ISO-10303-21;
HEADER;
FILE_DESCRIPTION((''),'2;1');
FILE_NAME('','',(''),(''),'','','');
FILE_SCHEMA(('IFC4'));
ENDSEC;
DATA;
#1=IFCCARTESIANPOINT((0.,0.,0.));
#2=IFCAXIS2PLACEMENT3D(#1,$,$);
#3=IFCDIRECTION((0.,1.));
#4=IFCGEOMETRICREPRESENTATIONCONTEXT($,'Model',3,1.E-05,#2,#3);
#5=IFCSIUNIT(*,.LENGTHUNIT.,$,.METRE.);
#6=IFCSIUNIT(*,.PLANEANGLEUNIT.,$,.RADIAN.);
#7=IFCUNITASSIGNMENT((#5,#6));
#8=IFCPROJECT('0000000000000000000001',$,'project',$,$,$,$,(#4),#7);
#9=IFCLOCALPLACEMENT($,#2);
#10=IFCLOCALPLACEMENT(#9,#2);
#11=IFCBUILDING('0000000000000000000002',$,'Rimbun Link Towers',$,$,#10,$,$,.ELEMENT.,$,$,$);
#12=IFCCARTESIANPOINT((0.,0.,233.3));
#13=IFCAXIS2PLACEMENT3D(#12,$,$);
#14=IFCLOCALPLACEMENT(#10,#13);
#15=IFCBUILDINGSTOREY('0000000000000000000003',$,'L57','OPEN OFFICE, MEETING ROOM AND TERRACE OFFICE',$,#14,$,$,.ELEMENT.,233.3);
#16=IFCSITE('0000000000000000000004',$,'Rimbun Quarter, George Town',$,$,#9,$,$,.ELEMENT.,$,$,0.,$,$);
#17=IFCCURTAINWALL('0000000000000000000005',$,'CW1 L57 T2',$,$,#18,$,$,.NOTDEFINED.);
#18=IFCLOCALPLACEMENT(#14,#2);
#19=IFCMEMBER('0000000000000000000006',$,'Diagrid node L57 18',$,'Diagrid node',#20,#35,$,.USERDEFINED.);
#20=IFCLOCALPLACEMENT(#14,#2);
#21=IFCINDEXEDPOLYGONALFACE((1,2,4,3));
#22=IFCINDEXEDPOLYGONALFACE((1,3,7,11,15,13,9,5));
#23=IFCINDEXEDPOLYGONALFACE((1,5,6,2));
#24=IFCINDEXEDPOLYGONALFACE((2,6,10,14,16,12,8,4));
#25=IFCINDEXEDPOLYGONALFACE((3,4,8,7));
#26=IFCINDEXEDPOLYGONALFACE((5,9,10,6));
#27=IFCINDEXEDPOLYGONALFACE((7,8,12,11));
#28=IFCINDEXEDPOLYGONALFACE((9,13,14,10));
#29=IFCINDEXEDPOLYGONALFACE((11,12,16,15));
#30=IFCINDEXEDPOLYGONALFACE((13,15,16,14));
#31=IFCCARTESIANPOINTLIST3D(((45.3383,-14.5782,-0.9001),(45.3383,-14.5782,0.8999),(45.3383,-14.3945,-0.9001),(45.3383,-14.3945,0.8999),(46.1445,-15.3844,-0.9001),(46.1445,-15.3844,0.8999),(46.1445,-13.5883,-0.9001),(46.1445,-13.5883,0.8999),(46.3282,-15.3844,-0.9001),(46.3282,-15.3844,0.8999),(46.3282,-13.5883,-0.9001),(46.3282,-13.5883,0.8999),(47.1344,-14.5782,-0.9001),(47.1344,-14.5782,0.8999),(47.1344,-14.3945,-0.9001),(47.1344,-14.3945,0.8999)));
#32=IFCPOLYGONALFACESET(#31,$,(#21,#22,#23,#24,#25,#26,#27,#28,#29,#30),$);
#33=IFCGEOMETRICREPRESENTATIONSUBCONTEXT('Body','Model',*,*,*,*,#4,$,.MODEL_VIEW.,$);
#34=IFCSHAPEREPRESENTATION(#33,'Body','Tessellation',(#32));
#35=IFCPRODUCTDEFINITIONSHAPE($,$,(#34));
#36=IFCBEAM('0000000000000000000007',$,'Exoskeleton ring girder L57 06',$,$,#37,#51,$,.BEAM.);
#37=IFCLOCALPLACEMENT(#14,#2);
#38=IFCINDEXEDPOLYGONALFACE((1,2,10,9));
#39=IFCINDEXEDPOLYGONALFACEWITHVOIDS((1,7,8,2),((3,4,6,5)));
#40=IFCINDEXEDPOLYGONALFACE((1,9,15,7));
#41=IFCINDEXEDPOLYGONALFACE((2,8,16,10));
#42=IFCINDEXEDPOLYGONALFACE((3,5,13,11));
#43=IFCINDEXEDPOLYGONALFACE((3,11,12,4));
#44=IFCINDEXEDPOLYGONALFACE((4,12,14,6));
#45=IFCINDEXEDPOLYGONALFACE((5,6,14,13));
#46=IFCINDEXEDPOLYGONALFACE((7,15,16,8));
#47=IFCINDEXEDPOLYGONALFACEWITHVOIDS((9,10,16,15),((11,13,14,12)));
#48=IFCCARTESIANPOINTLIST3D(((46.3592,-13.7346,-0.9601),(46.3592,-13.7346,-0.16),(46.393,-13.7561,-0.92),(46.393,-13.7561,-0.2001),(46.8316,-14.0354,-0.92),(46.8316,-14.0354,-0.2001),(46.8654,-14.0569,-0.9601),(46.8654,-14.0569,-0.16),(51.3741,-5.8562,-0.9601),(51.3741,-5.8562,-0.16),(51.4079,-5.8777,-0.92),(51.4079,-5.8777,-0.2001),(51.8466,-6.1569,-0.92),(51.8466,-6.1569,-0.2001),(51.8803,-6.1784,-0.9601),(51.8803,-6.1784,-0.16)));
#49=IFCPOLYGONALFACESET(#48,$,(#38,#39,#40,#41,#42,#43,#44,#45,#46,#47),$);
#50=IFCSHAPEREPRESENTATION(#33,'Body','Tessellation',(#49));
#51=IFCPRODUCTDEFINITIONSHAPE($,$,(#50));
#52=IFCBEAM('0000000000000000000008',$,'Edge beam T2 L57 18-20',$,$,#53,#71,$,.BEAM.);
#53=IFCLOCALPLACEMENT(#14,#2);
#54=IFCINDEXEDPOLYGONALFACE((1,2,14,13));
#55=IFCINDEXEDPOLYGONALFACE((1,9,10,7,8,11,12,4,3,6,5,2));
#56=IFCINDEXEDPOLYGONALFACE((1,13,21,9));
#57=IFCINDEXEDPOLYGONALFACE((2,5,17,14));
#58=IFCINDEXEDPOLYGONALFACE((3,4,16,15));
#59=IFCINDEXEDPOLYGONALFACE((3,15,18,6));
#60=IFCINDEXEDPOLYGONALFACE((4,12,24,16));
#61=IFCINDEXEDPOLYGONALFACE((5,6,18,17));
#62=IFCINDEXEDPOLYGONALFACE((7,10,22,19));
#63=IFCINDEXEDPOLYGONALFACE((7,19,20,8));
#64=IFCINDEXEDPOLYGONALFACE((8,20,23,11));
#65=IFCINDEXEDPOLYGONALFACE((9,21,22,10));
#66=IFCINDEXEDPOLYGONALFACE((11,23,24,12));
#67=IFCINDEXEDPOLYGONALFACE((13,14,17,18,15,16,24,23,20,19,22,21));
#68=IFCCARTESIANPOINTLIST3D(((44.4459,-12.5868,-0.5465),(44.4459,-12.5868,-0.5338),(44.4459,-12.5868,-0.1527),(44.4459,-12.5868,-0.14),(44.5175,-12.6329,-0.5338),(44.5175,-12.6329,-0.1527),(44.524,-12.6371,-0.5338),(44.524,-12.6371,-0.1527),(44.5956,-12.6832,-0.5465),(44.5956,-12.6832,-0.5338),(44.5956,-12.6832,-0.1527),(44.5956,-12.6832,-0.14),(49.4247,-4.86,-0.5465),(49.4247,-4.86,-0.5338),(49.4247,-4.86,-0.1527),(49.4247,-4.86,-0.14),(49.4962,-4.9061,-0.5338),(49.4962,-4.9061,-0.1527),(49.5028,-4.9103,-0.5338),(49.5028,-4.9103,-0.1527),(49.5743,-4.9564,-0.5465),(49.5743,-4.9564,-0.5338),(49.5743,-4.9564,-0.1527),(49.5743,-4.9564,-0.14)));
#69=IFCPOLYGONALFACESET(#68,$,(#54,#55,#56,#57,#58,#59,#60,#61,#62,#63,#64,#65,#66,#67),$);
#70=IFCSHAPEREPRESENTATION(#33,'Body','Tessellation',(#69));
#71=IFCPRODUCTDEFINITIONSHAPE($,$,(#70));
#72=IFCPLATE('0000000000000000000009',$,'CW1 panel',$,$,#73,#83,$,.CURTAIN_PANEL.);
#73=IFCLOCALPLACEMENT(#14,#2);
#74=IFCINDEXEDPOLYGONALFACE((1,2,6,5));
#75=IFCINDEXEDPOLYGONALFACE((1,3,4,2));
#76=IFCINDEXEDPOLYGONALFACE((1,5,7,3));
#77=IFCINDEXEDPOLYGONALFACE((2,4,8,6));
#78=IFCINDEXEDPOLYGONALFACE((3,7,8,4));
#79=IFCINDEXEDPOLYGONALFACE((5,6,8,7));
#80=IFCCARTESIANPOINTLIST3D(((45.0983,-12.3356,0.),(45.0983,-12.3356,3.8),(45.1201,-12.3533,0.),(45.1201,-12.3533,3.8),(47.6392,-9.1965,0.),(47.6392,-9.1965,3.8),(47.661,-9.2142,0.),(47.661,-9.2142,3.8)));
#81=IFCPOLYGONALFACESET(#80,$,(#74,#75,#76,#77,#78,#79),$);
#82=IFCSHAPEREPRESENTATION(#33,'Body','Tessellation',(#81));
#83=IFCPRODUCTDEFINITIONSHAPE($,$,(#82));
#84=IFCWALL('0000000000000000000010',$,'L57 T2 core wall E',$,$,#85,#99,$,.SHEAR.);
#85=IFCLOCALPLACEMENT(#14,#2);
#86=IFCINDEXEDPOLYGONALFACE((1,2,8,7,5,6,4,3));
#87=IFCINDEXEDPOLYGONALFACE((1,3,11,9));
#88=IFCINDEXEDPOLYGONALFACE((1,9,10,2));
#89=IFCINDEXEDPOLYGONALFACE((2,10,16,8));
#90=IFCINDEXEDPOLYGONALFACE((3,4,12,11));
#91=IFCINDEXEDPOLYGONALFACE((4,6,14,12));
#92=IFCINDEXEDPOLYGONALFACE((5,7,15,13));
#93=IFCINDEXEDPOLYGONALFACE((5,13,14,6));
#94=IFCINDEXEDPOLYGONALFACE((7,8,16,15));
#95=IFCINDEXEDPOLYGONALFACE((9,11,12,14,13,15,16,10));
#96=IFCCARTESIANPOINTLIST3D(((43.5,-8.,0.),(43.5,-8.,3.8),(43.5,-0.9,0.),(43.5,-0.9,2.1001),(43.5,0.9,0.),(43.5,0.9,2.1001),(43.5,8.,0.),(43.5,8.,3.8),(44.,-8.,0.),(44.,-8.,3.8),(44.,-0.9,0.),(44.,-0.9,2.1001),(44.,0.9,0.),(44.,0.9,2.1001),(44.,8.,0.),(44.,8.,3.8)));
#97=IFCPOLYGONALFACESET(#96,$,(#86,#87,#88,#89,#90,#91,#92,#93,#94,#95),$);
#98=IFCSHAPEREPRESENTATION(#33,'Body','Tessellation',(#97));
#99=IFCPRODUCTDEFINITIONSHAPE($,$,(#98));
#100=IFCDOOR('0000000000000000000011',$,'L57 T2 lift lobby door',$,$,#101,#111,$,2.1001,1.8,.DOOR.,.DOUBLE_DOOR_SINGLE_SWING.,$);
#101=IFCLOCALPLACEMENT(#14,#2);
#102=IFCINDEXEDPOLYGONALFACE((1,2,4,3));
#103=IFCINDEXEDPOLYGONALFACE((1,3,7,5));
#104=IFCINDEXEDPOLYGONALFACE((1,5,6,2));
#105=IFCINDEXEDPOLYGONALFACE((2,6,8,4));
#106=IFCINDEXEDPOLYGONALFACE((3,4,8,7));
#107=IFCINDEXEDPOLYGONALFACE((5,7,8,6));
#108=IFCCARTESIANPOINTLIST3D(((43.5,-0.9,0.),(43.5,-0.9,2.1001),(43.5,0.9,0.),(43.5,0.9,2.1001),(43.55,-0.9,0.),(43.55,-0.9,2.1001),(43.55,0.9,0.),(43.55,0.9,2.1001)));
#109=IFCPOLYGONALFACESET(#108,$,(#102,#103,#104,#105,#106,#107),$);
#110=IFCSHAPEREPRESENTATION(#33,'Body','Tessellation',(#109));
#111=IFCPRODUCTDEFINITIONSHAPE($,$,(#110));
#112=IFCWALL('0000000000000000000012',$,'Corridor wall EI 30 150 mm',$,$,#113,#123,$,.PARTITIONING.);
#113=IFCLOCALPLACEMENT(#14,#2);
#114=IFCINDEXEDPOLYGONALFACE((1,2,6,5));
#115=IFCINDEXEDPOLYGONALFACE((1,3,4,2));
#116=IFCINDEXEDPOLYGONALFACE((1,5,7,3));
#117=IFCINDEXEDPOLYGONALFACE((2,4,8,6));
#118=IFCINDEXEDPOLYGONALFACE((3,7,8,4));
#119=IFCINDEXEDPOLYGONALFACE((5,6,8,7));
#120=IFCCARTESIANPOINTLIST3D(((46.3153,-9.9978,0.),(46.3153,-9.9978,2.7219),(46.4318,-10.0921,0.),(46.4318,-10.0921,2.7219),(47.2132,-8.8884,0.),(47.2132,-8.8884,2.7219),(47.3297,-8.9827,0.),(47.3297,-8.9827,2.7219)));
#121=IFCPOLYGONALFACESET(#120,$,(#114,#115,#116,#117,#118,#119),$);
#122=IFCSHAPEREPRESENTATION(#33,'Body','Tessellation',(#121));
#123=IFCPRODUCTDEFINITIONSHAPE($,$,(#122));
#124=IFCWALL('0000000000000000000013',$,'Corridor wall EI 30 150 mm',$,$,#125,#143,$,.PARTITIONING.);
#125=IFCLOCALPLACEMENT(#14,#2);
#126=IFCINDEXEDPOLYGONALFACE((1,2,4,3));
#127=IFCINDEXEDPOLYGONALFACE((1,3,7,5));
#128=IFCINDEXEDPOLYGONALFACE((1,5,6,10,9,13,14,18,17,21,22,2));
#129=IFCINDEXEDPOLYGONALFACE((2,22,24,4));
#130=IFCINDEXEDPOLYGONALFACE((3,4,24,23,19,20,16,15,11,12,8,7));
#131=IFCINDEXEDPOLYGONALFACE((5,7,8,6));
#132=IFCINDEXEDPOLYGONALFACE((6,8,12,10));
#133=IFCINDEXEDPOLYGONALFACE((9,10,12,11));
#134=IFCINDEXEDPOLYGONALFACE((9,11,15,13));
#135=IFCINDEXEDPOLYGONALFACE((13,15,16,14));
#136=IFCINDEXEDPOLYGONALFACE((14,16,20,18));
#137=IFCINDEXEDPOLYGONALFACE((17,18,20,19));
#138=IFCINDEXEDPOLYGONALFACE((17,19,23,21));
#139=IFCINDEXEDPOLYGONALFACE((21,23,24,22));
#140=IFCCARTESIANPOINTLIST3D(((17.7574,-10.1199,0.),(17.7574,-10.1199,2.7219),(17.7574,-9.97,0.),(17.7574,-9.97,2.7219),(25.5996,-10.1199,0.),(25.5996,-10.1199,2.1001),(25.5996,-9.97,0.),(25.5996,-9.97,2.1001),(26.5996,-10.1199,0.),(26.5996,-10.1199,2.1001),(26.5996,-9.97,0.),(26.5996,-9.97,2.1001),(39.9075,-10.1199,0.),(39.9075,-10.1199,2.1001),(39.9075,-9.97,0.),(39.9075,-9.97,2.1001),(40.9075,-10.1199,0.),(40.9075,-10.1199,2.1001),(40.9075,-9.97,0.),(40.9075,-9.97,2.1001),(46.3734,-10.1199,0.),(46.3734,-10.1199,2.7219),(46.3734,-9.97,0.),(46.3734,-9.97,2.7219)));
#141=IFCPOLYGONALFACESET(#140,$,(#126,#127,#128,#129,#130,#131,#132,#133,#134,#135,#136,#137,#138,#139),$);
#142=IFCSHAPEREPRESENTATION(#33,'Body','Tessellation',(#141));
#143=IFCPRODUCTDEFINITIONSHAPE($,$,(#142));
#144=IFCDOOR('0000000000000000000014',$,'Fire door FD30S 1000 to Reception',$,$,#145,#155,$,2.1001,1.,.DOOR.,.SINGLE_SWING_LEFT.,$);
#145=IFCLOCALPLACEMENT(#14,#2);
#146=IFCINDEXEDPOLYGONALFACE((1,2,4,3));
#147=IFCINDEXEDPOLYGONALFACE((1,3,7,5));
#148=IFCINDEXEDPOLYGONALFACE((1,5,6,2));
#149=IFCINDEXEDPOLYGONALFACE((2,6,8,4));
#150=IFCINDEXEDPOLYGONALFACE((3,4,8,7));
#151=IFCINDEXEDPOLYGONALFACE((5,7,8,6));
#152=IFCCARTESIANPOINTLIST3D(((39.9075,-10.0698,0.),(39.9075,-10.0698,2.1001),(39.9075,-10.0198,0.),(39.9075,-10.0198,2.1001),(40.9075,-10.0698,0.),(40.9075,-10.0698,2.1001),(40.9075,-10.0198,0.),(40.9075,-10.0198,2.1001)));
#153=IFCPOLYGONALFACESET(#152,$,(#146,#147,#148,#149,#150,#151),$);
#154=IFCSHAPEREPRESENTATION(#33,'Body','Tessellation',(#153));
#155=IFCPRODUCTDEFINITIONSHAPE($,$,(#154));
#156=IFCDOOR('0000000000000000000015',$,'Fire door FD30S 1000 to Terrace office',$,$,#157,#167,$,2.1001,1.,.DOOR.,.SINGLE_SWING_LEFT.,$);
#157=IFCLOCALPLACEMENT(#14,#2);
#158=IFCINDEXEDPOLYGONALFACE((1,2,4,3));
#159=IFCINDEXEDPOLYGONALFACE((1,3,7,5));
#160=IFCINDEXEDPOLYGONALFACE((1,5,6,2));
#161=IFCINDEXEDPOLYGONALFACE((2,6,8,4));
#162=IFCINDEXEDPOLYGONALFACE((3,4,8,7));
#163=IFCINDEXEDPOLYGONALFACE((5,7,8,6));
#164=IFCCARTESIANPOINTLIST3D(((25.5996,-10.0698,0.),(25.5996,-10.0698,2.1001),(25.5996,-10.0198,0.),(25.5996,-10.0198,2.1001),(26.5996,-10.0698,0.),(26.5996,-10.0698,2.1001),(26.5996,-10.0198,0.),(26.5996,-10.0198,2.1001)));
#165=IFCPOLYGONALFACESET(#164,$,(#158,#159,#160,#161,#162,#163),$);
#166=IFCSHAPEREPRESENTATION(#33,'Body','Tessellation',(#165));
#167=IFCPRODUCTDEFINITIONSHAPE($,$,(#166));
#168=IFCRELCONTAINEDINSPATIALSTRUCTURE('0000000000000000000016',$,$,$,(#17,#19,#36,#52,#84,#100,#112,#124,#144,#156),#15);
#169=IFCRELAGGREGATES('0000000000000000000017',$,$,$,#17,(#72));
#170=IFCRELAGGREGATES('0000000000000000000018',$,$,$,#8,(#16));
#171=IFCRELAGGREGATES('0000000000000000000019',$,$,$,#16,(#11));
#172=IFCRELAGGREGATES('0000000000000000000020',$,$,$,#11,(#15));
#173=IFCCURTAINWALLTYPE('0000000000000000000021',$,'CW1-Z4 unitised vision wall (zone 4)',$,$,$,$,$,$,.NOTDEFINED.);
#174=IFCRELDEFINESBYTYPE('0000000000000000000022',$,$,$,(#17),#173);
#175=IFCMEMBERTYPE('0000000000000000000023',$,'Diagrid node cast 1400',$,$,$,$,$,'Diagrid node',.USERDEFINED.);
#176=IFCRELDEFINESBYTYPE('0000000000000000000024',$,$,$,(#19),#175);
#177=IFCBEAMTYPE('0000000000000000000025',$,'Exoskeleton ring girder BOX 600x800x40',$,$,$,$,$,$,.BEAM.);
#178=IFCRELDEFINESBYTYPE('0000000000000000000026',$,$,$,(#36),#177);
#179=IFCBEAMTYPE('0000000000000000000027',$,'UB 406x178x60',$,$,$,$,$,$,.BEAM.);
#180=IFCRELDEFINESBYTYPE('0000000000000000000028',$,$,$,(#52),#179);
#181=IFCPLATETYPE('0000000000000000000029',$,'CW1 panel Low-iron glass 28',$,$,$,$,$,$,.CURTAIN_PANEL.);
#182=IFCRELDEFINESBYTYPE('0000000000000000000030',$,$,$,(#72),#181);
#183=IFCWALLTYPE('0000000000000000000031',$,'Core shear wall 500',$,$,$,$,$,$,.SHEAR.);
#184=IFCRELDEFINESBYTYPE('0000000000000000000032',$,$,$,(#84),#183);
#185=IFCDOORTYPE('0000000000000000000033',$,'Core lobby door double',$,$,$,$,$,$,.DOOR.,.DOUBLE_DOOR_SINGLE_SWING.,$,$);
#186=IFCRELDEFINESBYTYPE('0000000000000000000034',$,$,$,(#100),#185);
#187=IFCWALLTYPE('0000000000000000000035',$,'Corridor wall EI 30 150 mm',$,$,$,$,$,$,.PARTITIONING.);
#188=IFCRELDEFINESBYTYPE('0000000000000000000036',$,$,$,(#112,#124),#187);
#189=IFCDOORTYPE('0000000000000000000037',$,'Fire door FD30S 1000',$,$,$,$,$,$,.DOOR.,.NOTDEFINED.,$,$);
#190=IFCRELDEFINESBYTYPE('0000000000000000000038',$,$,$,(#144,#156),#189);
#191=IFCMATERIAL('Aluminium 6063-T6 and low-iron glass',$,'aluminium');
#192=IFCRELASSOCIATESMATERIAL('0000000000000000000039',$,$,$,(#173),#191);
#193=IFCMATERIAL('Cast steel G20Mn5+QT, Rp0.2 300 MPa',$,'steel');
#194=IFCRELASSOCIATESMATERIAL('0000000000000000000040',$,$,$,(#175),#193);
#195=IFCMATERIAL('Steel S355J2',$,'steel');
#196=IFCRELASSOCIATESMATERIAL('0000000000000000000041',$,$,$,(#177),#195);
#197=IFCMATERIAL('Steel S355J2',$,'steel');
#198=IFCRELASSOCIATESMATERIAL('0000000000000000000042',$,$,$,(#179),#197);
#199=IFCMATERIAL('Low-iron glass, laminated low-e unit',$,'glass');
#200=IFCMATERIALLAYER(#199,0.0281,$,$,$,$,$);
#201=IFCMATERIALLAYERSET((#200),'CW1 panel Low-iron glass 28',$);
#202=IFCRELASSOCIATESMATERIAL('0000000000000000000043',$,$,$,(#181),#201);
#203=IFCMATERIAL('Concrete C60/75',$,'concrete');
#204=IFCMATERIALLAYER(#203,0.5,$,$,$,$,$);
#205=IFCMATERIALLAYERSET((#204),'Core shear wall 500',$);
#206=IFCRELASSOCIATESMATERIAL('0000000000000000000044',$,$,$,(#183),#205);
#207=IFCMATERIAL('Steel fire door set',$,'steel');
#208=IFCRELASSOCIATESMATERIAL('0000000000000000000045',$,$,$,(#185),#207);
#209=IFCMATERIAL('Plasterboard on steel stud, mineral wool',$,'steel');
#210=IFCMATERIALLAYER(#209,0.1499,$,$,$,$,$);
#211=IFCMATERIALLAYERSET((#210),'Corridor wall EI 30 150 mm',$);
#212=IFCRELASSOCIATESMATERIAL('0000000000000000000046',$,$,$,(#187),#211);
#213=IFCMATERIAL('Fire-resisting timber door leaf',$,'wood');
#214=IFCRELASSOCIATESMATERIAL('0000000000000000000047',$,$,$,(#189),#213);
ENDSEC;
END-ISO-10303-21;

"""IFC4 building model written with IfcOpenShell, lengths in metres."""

from ifc_helpers import new_model, si_unit, direction, frame, frame_2d, origin, origin_2d, place, context, subcontext, project, spatial, polyline, rectangle, hollow_rectangle, i_section, outline, extrude, material, layer, layer_set, material_profile, profile_set, type_object, element, fill, aggregate, save


model = new_model("IFC4")

# Units and contexts
model_context = context("Model", 3, precision=1e-05, world=origin(), true_north=direction((0.0, 1.0)))
body_context = subcontext(model_context, "Body", "Model", "MODEL_VIEW")
ifc_project = project(units=[si_unit("LENGTHUNIT", "METRE"), si_unit("PLANEANGLEUNIT", "RADIAN")], contexts=[model_context])

# Site, building, storey
site_placement = place(None, origin())
site = spatial("IfcSite", under=ifc_project, at=site_placement, Name="Rimbun Quarter, George Town", CompositionType="ELEMENT", RefElevation=0.0)
building_placement = place(site_placement, origin())
building = spatial("IfcBuilding", under=site, at=building_placement, Name="Rimbun Link Towers", CompositionType="ELEMENT")
storey_placement = place(building_placement, frame((0.0, 0.0, 233.3)))
storey = spatial("IfcBuildingStorey", under=building, at=storey_placement, Name="L57", Description="OPEN OFFICE, MEETING ROOM AND TERRACE OFFICE", CompositionType="ELEMENT", Elevation=233.3)

# Curtain wall
ifc_material_1 = material(Name="Aluminium 6063-T6 and low-iron glass", Category="aluminium")
curtain_wall_type = type_object("IfcCurtainWallType", Name="CW1-Z4 unitised vision wall (zone 4)", PredefinedType="NOTDEFINED", material=ifc_material_1)
curtain_wall_placement = place(storey_placement, origin())
curtain_wall = element("IfcCurtainWall", 1, at=curtain_wall_placement, inside=storey, type_object=curtain_wall_type, Name="CW1 L57 T2", PredefinedType="NOTDEFINED")

# Member
ifc_material_2 = material(Name="Cast steel G20Mn5+QT, Rp0.2 300 MPa", Category="steel")
ifc_material_profile_1 = material_profile(ifc_material_2, outline(polyline([(0.7, -0.5701), (0.7, 0.5701), (0.5701, 0.7), (-0.5701, 0.7), (-0.7, 0.5701), (-0.7, -0.5701), (-0.5701, -0.7), (0.5701, -0.7), (0.7, -0.5701)])), Name="NODE 1400x1400")
ifc_profile_set_1 = profile_set([ifc_material_profile_1], Name="Cast steel G20Mn5+QT, Rp0.2 300 MPa")
member_type_1 = type_object("IfcMemberType", Name="Diagrid node cast 1400", ElementType="Diagrid node", PredefinedType="USERDEFINED", material=ifc_profile_set_1)
member_1_placement = place(storey_placement, frame((46.2363, -14.4863, -0.9001), z_axis=(0.0, 0.0, 1.0), x_axis=(0.707107, -0.707107, 0.0)))
element("IfcMember", 2, at=member_1_placement, inside=storey, type_object=member_type_1, Name="Diagrid node L57 18", ObjectType="Diagrid node", PredefinedType="USERDEFINED", context=body_context, shape_type="SweptSolid", body=[
    extrude(outline(polyline([(0.7, -0.5701), (0.7, 0.5701), (0.5701, 0.7), (-0.5701, 0.7), (-0.7, 0.5701), (-0.7, -0.5701), (-0.5701, -0.7), (0.5701, -0.7), (0.7, -0.5701)])), origin(), (0.0, 0.0, 1.0), 1.8),
])

# Beams
ifc_material_3 = material(Name="Steel S355J2", Category="steel")
ifc_material_profile_2 = material_profile(ifc_material_3, hollow_rectangle(XDim=0.6001, YDim=0.8, WallThickness=0.04, at=origin_2d()), Name="Exoskeleton ring girder BOX 600x800x40")
ifc_profile_set_2 = profile_set([ifc_material_profile_2], Name="Steel S355J2")
beam_type_1 = type_object("IfcBeamType", Name="Exoskeleton ring girder BOX 600x800x40", PredefinedType="BEAM", material=ifc_profile_set_2)
beam_1_placement = place(storey_placement, frame((46.6123, -13.8958, -0.5601), z_axis=(0.536979, 0.843596, 0.0), x_axis=(-0.843596, 0.536979, 0.0)))
element("IfcBeam", 3, at=beam_1_placement, inside=storey, type_object=beam_type_1, Name="Exoskeleton ring girder L57 06", PredefinedType="BEAM", context=body_context, shape_type="SweptSolid", body=[
    extrude(hollow_rectangle(XDim=0.6001, YDim=0.8, WallThickness=0.04, at=origin_2d()), origin(), (0.0, 0.0, 1.0), 9.3391),
])
ifc_material_4 = material(Name="Steel S355J2", Category="steel")
ifc_material_profile_3 = material_profile(ifc_material_4, i_section(OverallWidth=0.178, OverallDepth=0.4065, WebThickness=0.0078, FlangeThickness=0.0127, at=origin_2d()), Name="UB 406x178x60")
ifc_profile_set_3 = profile_set([ifc_material_profile_3], Name="Steel S355J2")
beam_type_2 = type_object("IfcBeamType", Name="UB 406x178x60", PredefinedType="BEAM", material=ifc_profile_set_3)
beam_2_placement = place(storey_placement, frame((44.5208, -12.635, -0.3433), z_axis=(0.541645, 0.840608, 0.0), x_axis=(-0.840608, 0.541645, 0.0)))
element("IfcBeam", 4, at=beam_2_placement, inside=storey, type_object=beam_type_2, Name="Edge beam T2 L57 18-20", PredefinedType="BEAM", context=body_context, shape_type="SweptSolid", body=[
    extrude(i_section(OverallWidth=0.178, OverallDepth=0.4065, WebThickness=0.0078, FlangeThickness=0.0127, at=origin_2d()), origin(), (0.0, 0.0, 1.0), 9.1919),
])

# Plate
ifc_material_5 = material(Name="Low-iron glass, laminated low-e unit", Category="glass")
ifc_layer_1 = layer(ifc_material_5, 0.0281)
ifc_layer_set_1 = layer_set([ifc_layer_1], Name="CW1 panel Low-iron glass 28")
plate_type = type_object("IfcPlateType", Name="CW1 panel Low-iron glass 28", PredefinedType="CURTAIN_PANEL", material=ifc_layer_set_1)
plate_placement = place(storey_placement, frame((46.3796, -10.7749, 0.0), z_axis=(0.0, 0.0, 1.0), x_axis=(-0.629148, -0.777285, 0.0)))
plate = element("IfcPlate", 5, at=plate_placement, type_object=plate_type, Name="CW1 panel", PredefinedType="CURTAIN_PANEL", context=body_context, shape_type="SweptSolid", body=[
    extrude(rectangle(XDim=4.0386, YDim=0.0281, at=origin_2d()), origin(), (0.0, 0.0, 1.0), 3.8),
])
aggregate(curtain_wall, [plate])

# Wall, opening, door
ifc_material_6 = material(Name="Concrete C60/75", Category="concrete")
ifc_layer_2 = layer(ifc_material_6, 0.5)
ifc_layer_set_2 = layer_set([ifc_layer_2], Name="Core shear wall 500")
wall_type_1 = type_object("IfcWallType", Name="Core shear wall 500", PredefinedType="SHEAR", material=ifc_layer_set_2)
wall_1_placement = place(storey_placement, frame((43.75, -8.0, 0.0), z_axis=(0.0, 0.0, 1.0), x_axis=(0.0, 1.0, 0.0)))
wall_1 = element("IfcWall", 6, at=wall_1_placement, inside=storey, type_object=wall_type_1, Name="L57 T2 core wall E", PredefinedType="SHEAR", context=body_context, shape_type="SweptSolid", body=[
    extrude(rectangle(XDim=16.0, YDim=0.5, at=frame_2d((8.0, 0.0))), origin(), (0.0, 0.0, 1.0), 3.8),
])
opening_1_placement = place(wall_1_placement, frame((7.1001, 0.0, 0.0)))
opening_1 = element("IfcOpeningElement", 7, at=opening_1_placement, cuts=wall_1, PredefinedType="OPENING", context=body_context, shape_type="SweptSolid", body=[
    extrude(rectangle(XDim=1.8, YDim=2.1001, at=frame_2d((0.8999, 1.05))), frame((0.0, 0.26, 0.0), z_axis=(0.0, -1.0, 0.0), x_axis=(1.0, 0.0, 0.0)), (0.0, 0.0, 1.0), 0.52),
])
ifc_material_7 = material(Name="Steel fire door set", Category="steel")
door_type_1 = type_object("IfcDoorType", Name="Core lobby door double", OperationType="DOUBLE_DOOR_SINGLE_SWING", PredefinedType="DOOR", material=ifc_material_7)
door_1_placement = place(opening_1_placement, origin())
door_1 = element("IfcDoor", 8, at=door_1_placement, inside=storey, type_object=door_type_1, Name="L57 T2 lift lobby door", OperationType="DOUBLE_DOOR_SINGLE_SWING", OverallHeight=2.1001, OverallWidth=1.8, PredefinedType="DOOR", context=body_context, shape_type="SweptSolid", body=[
    extrude(rectangle(XDim=1.8, YDim=2.1001, at=frame_2d((0.8999, 1.05))), frame((0.0, 0.25, 0.0), z_axis=(0.0, -1.0, 0.0), x_axis=(1.0, 0.0, 0.0)), (0.0, 0.0, 1.0), 0.05),
])
fill(opening_1, door_1)

# Wall
ifc_material_8 = material(Name="Plasterboard on steel stud, mineral wool", Category="steel")
ifc_layer_3 = layer(ifc_material_8, 0.1499)
ifc_layer_set_3 = layer_set([ifc_layer_3], Name="Corridor wall EI 30 150 mm")
wall_type_2 = type_object("IfcWallType", Name="Corridor wall EI 30 150 mm", PredefinedType="PARTITIONING", material=ifc_layer_set_3)
wall_2_placement = place(storey_placement, frame((46.3735, -10.0449, 0.0), z_axis=(0.0, 0.0, 1.0), x_axis=(0.629149, 0.777285, 0.0)))
element("IfcWall", 9, at=wall_2_placement, inside=storey, type_object=wall_type_2, Name="Corridor wall EI 30 150 mm", PredefinedType="PARTITIONING", context=body_context, shape_type="SweptSolid", body=[
    extrude(rectangle(XDim=1.4272, YDim=0.1499, at=frame_2d((0.7136, 0.0))), origin(), (0.0, 0.0, 1.0), 2.7219),
])

# Wall, openings, doors
wall_3_placement = place(storey_placement, frame((46.3735, -10.0449, 0.0), z_axis=(0.0, 0.0, 1.0), x_axis=(-1.0, 0.0, 0.0)))
wall_3 = element("IfcWall", 10, at=wall_3_placement, inside=storey, type_object=wall_type_2, Name="Corridor wall EI 30 150 mm", PredefinedType="PARTITIONING", context=body_context, shape_type="SweptSolid", body=[
    extrude(rectangle(XDim=28.616, YDim=0.1499, at=frame_2d((14.3081, 0.0))), origin(), (0.0, 0.0, 1.0), 2.7219),
])
opening_2_placement = place(wall_3_placement, frame((5.4661, 0.0, 0.0)))
opening_2 = element("IfcOpeningElement", 11, at=opening_2_placement, cuts=wall_3, PredefinedType="OPENING", context=body_context, shape_type="SweptSolid", body=[
    extrude(rectangle(XDim=1.0, YDim=2.1001, at=frame_2d((0.5, 1.05))), frame((0.0, 0.085, 0.0), z_axis=(0.0, -1.0, 0.0), x_axis=(1.0, 0.0, 0.0)), (0.0, 0.0, 1.0), 0.1699),
])
opening_3_placement = place(wall_3_placement, frame((19.7739, 0.0, 0.0)))
opening_3 = element("IfcOpeningElement", 12, at=opening_3_placement, cuts=wall_3, PredefinedType="OPENING", context=body_context, shape_type="SweptSolid", body=[
    extrude(rectangle(XDim=1.0, YDim=2.1001, at=frame_2d((0.5, 1.05))), frame((0.0, 0.085, 0.0), z_axis=(0.0, -1.0, 0.0), x_axis=(1.0, 0.0, 0.0)), (0.0, 0.0, 1.0), 0.1699),
])
ifc_material_9 = material(Name="Fire-resisting timber door leaf", Category="wood")
door_type_2 = type_object("IfcDoorType", Name="Fire door FD30S 1000", OperationType="NOTDEFINED", PredefinedType="DOOR", material=ifc_material_9)
door_2_placement = place(opening_2_placement, origin())
door_2 = element("IfcDoor", 13, at=door_2_placement, inside=storey, type_object=door_type_2, Name="Fire door FD30S 1000 to Reception", OperationType="SINGLE_SWING_LEFT", OverallHeight=2.1001, OverallWidth=1.0, PredefinedType="DOOR", context=body_context, shape_type="SweptSolid", body=[
    extrude(rectangle(XDim=1.0, YDim=2.1001, at=frame_2d((0.5, 1.05))), frame((0.0, 0.0249, 0.0), z_axis=(0.0, -1.0, 0.0), x_axis=(1.0, 0.0, 0.0)), (0.0, 0.0, 1.0), 0.05),
])
fill(opening_2, door_2)
door_3_placement = place(opening_3_placement, origin())
door_3 = element("IfcDoor", 14, at=door_3_placement, inside=storey, type_object=door_type_2, Name="Fire door FD30S 1000 to Terrace office", OperationType="SINGLE_SWING_LEFT", OverallHeight=2.1001, OverallWidth=1.0, PredefinedType="DOOR", context=body_context, shape_type="SweptSolid", body=[
    extrude(rectangle(XDim=1.0, YDim=2.1001, at=frame_2d((0.5, 1.05))), frame((0.0, 0.0249, 0.0), z_axis=(0.0, -1.0, 0.0), x_axis=(1.0, 0.0, 0.0)), (0.0, 0.0, 1.0), 0.05),
])
fill(opening_3, door_3)

save(model, "model.ifc")
